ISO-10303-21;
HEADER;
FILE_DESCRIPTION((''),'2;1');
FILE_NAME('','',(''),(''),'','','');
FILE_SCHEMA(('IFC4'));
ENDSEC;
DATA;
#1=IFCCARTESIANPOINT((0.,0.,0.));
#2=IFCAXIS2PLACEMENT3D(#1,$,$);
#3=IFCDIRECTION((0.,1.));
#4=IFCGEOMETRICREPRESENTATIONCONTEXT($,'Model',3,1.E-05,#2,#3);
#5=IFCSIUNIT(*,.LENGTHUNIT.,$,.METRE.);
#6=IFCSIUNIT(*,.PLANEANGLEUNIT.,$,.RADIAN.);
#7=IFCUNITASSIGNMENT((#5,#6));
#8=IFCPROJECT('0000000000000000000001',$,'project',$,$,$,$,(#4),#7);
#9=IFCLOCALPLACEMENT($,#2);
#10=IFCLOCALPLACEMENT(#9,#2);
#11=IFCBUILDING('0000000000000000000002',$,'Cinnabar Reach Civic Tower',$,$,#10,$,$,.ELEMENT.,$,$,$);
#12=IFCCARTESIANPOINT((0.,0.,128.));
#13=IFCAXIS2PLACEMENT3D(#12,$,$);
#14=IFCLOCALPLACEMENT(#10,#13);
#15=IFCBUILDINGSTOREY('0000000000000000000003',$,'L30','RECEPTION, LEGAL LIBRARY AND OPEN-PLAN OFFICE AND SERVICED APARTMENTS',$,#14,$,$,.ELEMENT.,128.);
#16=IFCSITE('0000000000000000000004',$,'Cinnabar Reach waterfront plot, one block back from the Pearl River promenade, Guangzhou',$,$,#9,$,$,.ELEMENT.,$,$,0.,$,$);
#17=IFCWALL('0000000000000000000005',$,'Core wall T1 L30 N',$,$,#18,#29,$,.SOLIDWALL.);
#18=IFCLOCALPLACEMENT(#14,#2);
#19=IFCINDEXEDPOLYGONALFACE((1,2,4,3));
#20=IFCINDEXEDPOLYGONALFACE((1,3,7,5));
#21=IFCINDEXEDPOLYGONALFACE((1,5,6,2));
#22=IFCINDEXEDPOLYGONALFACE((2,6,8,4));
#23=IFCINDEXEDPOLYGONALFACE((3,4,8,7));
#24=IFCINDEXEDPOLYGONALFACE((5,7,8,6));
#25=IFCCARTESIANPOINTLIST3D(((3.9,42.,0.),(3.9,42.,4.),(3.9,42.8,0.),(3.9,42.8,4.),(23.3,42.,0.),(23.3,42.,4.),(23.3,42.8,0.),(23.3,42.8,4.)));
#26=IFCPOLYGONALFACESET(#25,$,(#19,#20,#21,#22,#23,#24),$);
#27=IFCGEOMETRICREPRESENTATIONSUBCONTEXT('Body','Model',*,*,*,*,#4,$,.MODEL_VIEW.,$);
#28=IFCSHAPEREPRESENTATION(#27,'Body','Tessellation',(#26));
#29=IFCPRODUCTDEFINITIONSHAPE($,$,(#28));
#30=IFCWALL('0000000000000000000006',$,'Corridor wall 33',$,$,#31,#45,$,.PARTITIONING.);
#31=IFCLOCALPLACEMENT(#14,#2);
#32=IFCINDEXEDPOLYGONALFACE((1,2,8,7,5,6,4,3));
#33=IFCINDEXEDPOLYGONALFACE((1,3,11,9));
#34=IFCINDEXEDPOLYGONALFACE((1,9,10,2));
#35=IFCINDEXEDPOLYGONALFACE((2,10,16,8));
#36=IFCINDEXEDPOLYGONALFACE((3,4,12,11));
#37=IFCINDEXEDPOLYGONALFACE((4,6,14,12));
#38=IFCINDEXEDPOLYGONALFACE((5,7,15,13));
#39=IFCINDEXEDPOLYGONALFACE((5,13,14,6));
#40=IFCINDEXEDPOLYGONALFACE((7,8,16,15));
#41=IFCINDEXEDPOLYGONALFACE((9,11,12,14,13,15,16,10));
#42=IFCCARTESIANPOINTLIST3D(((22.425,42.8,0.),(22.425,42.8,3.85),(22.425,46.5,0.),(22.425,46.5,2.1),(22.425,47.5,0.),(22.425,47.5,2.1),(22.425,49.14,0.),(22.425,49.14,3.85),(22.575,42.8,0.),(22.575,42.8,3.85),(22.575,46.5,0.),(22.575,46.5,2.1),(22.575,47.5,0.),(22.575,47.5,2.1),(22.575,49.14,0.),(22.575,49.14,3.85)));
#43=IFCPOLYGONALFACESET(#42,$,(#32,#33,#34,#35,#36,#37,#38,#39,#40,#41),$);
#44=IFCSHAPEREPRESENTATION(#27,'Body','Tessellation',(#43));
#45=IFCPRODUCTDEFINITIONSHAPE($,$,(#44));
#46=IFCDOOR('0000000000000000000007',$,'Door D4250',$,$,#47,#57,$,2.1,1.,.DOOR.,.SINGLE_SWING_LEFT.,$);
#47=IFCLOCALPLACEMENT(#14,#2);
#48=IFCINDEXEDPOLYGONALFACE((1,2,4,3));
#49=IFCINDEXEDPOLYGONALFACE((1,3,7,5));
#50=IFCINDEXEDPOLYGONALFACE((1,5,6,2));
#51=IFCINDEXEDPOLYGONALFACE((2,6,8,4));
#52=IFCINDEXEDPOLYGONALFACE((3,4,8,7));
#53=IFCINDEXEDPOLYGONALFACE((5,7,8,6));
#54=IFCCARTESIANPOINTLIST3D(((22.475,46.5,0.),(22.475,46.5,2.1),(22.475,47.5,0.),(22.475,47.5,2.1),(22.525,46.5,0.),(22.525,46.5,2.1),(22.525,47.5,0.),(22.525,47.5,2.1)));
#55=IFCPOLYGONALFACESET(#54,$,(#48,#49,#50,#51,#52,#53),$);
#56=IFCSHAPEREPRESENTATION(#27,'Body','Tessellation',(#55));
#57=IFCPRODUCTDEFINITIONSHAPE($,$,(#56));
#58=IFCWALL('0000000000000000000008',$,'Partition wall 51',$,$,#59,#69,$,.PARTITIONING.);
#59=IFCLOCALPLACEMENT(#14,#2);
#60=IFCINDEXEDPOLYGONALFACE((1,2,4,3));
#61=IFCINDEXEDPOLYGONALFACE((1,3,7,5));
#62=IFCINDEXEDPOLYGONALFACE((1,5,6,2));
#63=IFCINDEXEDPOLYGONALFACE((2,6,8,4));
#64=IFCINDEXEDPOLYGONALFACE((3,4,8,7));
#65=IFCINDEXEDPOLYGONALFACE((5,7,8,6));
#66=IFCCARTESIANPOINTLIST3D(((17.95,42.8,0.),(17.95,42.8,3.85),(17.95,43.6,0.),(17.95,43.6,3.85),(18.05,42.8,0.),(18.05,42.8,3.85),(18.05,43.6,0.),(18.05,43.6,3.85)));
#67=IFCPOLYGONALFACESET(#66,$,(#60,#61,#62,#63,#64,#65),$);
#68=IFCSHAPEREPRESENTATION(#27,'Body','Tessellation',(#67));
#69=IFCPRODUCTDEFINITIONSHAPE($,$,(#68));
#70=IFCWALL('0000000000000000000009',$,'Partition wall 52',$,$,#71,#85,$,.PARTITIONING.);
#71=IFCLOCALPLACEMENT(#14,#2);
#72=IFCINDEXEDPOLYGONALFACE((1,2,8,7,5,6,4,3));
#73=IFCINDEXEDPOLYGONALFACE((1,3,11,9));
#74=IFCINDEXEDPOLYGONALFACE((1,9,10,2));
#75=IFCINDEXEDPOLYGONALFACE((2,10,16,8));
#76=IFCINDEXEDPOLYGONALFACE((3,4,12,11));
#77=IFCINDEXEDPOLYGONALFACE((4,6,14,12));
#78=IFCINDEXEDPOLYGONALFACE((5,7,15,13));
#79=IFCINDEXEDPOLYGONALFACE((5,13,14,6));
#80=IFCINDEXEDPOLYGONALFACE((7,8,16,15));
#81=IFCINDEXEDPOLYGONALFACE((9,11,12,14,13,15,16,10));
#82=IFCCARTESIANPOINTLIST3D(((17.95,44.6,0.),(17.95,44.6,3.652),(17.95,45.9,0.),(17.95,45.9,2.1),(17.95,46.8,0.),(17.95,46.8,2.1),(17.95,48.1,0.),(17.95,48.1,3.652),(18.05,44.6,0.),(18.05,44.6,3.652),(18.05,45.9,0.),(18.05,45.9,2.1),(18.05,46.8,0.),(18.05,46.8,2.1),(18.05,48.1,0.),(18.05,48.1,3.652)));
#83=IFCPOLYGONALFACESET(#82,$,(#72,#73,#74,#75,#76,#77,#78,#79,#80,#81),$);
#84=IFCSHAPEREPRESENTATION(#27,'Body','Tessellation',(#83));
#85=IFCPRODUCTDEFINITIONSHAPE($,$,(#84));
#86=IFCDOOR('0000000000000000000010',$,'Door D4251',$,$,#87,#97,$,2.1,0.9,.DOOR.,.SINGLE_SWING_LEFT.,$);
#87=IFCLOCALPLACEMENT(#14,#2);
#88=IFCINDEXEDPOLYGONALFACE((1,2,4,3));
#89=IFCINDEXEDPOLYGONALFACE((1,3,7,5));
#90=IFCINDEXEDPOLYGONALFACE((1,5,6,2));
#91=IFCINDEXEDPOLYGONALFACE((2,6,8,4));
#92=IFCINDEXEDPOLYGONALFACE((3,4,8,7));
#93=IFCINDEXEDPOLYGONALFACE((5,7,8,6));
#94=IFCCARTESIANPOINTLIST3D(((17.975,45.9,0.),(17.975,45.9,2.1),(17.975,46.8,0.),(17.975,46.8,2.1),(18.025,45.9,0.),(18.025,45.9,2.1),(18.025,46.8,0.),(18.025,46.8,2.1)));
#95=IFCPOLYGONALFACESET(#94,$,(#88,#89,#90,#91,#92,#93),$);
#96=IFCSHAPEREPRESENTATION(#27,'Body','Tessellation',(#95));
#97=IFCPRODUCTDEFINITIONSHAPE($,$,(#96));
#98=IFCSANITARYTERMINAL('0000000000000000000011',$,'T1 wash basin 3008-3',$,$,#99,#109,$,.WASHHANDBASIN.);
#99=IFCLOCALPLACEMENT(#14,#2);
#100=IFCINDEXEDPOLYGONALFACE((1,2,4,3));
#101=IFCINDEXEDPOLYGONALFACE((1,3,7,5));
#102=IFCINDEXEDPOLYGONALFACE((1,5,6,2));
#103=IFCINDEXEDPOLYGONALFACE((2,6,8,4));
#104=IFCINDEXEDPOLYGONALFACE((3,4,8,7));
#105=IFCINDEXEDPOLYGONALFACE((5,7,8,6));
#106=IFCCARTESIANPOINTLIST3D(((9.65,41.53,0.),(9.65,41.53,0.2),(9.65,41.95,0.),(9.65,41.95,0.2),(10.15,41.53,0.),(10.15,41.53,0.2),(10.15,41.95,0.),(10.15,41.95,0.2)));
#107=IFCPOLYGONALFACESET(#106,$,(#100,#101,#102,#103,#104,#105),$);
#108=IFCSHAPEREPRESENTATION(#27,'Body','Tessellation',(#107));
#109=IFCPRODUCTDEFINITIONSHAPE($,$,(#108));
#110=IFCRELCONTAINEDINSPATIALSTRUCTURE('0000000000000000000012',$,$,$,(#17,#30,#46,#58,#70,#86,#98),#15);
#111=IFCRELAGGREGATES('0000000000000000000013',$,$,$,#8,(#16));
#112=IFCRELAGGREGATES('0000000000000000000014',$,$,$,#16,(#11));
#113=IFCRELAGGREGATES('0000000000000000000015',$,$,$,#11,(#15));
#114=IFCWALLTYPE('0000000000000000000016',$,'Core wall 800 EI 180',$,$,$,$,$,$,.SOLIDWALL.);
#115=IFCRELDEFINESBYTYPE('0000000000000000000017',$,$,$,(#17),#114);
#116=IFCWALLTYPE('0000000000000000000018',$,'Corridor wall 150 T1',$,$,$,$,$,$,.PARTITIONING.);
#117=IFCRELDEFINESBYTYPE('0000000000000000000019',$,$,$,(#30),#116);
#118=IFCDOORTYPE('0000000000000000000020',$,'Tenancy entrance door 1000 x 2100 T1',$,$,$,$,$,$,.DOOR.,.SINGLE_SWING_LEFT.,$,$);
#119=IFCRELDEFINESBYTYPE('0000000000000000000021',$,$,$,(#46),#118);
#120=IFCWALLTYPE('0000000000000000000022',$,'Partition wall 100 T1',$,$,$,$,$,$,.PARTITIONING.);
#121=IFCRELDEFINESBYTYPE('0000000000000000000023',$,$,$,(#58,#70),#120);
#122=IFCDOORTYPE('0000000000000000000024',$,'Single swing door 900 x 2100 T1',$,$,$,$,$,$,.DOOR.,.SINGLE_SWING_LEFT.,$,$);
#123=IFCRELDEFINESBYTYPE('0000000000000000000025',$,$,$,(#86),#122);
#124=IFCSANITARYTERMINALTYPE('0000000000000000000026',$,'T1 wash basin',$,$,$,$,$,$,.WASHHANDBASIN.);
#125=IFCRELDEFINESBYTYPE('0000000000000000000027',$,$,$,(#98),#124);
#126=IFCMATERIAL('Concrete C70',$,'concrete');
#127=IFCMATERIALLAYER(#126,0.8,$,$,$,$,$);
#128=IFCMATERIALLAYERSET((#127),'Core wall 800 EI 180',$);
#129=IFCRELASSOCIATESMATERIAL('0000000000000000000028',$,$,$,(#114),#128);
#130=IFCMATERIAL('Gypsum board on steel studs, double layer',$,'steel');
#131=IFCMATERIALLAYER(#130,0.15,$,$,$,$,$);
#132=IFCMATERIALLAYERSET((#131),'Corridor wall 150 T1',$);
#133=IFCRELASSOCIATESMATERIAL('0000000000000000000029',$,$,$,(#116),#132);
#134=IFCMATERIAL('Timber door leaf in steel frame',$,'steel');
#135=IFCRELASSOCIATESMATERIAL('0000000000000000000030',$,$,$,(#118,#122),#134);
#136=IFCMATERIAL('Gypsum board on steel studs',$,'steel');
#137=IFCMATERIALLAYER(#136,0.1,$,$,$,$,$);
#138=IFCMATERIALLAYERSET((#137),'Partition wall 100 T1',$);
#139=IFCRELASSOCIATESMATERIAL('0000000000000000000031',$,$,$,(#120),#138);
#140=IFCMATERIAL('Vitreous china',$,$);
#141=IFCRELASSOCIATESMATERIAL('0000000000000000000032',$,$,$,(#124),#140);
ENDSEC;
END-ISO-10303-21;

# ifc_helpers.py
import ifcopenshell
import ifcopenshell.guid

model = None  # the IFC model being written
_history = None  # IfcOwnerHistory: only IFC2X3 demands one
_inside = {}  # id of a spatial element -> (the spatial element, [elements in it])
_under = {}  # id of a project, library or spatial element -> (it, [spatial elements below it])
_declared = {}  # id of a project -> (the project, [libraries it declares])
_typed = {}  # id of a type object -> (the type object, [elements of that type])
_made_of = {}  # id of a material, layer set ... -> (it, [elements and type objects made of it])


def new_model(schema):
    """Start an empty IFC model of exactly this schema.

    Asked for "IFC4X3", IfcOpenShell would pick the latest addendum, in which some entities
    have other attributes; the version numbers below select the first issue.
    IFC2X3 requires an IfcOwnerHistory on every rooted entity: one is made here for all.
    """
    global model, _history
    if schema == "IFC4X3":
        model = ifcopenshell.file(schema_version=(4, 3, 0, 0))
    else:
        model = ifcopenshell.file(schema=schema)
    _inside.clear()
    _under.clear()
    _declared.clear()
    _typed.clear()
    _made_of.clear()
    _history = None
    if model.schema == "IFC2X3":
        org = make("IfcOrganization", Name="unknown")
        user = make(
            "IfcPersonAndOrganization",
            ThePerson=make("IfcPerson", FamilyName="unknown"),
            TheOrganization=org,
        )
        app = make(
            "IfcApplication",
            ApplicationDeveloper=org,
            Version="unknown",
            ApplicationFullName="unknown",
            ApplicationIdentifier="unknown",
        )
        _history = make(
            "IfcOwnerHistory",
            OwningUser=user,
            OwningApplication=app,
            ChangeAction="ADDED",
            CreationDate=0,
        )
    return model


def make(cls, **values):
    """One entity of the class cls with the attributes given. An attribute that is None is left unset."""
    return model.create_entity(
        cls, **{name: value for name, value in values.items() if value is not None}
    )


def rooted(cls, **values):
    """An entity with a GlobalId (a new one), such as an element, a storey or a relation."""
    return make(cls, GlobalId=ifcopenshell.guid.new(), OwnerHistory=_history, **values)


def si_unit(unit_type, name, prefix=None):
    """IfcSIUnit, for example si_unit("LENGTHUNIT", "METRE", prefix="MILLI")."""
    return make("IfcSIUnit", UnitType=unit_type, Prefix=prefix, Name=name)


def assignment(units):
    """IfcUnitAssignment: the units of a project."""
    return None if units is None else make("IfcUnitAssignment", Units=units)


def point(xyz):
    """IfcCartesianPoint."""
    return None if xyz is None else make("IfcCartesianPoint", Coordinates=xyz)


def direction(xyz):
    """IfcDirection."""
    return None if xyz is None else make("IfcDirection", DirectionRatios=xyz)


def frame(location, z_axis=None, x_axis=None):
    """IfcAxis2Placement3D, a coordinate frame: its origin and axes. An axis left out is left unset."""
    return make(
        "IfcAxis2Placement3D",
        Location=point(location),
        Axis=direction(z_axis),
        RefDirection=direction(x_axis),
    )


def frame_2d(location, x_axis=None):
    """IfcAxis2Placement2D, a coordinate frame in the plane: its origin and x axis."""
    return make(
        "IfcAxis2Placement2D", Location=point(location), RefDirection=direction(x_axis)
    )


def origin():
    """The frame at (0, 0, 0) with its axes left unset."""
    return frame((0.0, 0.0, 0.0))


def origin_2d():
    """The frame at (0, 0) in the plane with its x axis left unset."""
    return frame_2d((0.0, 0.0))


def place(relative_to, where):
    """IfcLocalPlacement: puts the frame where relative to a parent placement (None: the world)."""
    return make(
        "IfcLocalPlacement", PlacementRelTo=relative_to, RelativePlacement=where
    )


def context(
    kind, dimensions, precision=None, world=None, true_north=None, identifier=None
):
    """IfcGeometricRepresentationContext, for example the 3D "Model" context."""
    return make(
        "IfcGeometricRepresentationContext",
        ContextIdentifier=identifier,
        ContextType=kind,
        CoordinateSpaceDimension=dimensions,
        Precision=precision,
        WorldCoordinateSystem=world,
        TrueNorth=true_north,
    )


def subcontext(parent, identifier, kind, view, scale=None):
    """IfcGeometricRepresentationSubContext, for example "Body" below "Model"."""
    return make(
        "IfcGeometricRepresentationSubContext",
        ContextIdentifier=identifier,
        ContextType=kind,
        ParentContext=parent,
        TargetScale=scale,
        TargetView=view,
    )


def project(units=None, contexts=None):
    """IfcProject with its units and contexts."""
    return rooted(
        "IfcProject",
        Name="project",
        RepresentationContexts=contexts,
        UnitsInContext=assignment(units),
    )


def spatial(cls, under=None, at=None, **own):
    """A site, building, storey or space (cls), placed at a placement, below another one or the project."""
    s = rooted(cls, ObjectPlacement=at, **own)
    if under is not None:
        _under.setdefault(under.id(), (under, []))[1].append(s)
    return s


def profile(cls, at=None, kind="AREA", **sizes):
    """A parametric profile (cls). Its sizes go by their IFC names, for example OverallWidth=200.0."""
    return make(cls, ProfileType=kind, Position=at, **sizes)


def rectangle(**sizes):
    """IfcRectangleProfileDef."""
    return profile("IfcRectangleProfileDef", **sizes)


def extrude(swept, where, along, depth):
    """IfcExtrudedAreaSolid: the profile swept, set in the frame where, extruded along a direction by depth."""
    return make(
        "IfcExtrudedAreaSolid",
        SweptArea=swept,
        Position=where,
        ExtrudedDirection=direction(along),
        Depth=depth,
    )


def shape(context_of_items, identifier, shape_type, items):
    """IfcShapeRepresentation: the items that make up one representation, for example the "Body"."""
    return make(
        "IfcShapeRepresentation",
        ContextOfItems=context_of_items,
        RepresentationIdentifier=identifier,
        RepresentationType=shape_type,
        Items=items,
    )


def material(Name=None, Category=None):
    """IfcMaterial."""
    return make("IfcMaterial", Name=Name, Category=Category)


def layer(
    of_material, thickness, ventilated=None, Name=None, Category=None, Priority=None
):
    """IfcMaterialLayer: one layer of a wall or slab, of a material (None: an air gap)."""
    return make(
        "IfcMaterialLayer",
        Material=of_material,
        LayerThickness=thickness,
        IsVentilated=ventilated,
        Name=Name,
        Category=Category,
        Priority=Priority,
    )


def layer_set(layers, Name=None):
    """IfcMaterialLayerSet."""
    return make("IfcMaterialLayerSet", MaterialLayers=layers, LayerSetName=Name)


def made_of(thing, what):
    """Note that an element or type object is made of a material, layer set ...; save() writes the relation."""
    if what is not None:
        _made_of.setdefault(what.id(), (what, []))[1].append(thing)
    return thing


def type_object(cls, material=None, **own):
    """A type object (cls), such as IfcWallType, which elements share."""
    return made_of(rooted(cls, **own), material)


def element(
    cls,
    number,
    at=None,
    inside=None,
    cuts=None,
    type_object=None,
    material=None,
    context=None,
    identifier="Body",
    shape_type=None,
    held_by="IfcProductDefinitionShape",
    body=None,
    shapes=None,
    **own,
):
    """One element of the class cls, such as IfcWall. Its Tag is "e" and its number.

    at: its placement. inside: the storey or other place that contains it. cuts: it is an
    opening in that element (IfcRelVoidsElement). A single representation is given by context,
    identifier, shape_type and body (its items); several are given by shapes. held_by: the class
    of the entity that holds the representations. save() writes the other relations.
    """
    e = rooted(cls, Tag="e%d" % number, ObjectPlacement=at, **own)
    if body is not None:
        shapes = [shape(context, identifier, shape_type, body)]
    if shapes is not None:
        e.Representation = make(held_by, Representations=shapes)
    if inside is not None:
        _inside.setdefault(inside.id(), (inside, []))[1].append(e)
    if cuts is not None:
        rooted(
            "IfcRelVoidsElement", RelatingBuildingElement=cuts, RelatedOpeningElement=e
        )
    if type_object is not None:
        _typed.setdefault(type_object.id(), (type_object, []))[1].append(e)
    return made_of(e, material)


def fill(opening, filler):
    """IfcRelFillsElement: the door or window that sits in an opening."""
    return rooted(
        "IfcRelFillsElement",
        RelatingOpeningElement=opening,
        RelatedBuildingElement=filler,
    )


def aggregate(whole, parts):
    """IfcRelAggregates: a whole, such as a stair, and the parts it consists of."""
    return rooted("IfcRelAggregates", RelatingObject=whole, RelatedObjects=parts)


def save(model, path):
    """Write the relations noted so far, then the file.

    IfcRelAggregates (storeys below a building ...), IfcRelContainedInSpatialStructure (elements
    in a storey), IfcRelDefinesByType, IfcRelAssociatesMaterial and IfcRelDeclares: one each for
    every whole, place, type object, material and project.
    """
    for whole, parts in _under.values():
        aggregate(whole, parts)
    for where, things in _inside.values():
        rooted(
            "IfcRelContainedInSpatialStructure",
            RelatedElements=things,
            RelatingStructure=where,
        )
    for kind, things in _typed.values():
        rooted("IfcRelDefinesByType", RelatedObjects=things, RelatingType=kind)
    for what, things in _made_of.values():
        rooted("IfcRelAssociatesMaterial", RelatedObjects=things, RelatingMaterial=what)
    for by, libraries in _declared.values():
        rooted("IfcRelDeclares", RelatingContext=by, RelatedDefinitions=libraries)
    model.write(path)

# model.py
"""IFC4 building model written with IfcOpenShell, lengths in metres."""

from ifc_helpers import new_model, si_unit, direction, frame, frame_2d, origin, origin_2d, place, context, subcontext, project, spatial, rectangle, extrude, material, layer, layer_set, type_object, element, fill, save


model = new_model("IFC4")

# Units and contexts
model_context = context("Model", 3, precision=1e-05, world=origin(), true_north=direction((0.0, 1.0)))
body_context = subcontext(model_context, "Body", "Model", "MODEL_VIEW")
ifc_project = project(units=[si_unit("LENGTHUNIT", "METRE"), si_unit("PLANEANGLEUNIT", "RADIAN")], contexts=[model_context])

# Site, building, storey
site_placement = place(None, origin())
site = spatial("IfcSite", under=ifc_project, at=site_placement, Name="Cinnabar Reach waterfront plot, one block back from the Pearl River promenade, Guangzhou", CompositionType="ELEMENT", RefElevation=0.0)
building_placement = place(site_placement, origin())
building = spatial("IfcBuilding", under=site, at=building_placement, Name="Cinnabar Reach Civic Tower", CompositionType="ELEMENT")
storey_placement = place(building_placement, frame((0.0, 0.0, 128.0)))
storey = spatial("IfcBuildingStorey", under=building, at=storey_placement, Name="L30", Description="RECEPTION, LEGAL LIBRARY AND OPEN-PLAN OFFICE AND SERVICED APARTMENTS", CompositionType="ELEMENT", Elevation=128.0)

# Shared definitions
ifc_material_1 = material(Name="Concrete C70", Category="concrete")

# Wall
ifc_layer_1 = layer(ifc_material_1, 0.8)
ifc_layer_set_1 = layer_set([ifc_layer_1], Name="Core wall 800 EI 180")
wall_type_1 = type_object("IfcWallType", Name="Core wall 800 EI 180", PredefinedType="SOLIDWALL", material=ifc_layer_set_1)
wall_1_placement = place(storey_placement, frame((23.3, 42.4, 0.0), z_axis=(0.0, 0.0, 1.0), x_axis=(-1.0, 0.0, 0.0)))
element("IfcWall", 1, at=wall_1_placement, inside=storey, type_object=wall_type_1, Name="Core wall T1 L30 N", PredefinedType="SOLIDWALL", context=body_context, shape_type="SweptSolid", body=[
    extrude(rectangle(XDim=19.4, YDim=0.8, at=frame_2d((9.7, 0.0))), origin(), (0.0, 0.0, 1.0), 4.0),
])

# Wall, opening, door
ifc_material_2 = material(Name="Gypsum board on steel studs, double layer", Category="steel")
ifc_layer_2 = layer(ifc_material_2, 0.15)
ifc_layer_set_2 = layer_set([ifc_layer_2], Name="Corridor wall 150 T1")
wall_type_2 = type_object("IfcWallType", Name="Corridor wall 150 T1", PredefinedType="PARTITIONING", material=ifc_layer_set_2)
wall_2_placement = place(storey_placement, frame((22.5, 42.8, 0.0), z_axis=(0.0, 0.0, 1.0), x_axis=(0.0, 1.0, 0.0)))
wall_2 = element("IfcWall", 2, at=wall_2_placement, inside=storey, type_object=wall_type_2, Name="Corridor wall 33", PredefinedType="PARTITIONING", context=body_context, shape_type="SweptSolid", body=[
    extrude(rectangle(XDim=6.34, YDim=0.15, at=frame_2d((3.17, 0.0))), origin(), (0.0, 0.0, 1.0), 3.85),
])
opening_1_placement = place(wall_2_placement, frame((3.7, 0.0, 0.0)))
opening_1 = element("IfcOpeningElement", 3, at=opening_1_placement, cuts=wall_2, PredefinedType="OPENING", context=body_context, shape_type="SweptSolid", body=[
    extrude(rectangle(XDim=1.0, YDim=2.1, at=frame_2d((0.5, 1.05))), frame((0.0, 0.085, 0.0), z_axis=(0.0, -1.0, 0.0), x_axis=(1.0, 0.0, 0.0)), (0.0, 0.0, 1.0), 0.17),
])
ifc_material_3 = material(Name="Timber door leaf in steel frame", Category="steel")
door_type_1 = type_object("IfcDoorType", Name="Tenancy entrance door 1000 x 2100 T1", OperationType="SINGLE_SWING_LEFT", PredefinedType="DOOR", material=ifc_material_3)
door_1_placement = place(opening_1_placement, origin())
door_1 = element("IfcDoor", 4, at=door_1_placement, inside=storey, type_object=door_type_1, Name="Door D4250", OperationType="SINGLE_SWING_LEFT", OverallHeight=2.1, OverallWidth=1.0, PredefinedType="DOOR", context=body_context, shape_type="SweptSolid", body=[
    extrude(rectangle(XDim=1.0, YDim=2.1, at=frame_2d((0.5, 1.05))), frame((0.0, 0.025, 0.0), z_axis=(0.0, -1.0, 0.0), x_axis=(1.0, 0.0, 0.0)), (0.0, 0.0, 1.0), 0.05),
])
fill(opening_1, door_1)

# Wall
ifc_material_4 = material(Name="Gypsum board on steel studs", Category="steel")
ifc_layer_3 = layer(ifc_material_4, 0.1)
ifc_layer_set_3 = layer_set([ifc_layer_3], Name="Partition wall 100 T1")
wall_type_3 = type_object("IfcWallType", Name="Partition wall 100 T1", PredefinedType="PARTITIONING", material=ifc_layer_set_3)
wall_3_placement = place(storey_placement, frame((18.0, 42.8, 0.0), z_axis=(0.0, 0.0, 1.0), x_axis=(0.0, 1.0, 0.0)))
element("IfcWall", 5, at=wall_3_placement, inside=storey, type_object=wall_type_3, Name="Partition wall 51", PredefinedType="PARTITIONING", context=body_context, shape_type="SweptSolid", body=[
    extrude(rectangle(XDim=0.8, YDim=0.1, at=frame_2d((0.4, 0.0))), origin(), (0.0, 0.0, 1.0), 3.85),
])

# Wall, opening, door
wall_4_placement = place(storey_placement, frame((18.0, 44.6, 0.0), z_axis=(0.0, 0.0, 1.0), x_axis=(0.0, 1.0, 0.0)))
wall_4 = element("IfcWall", 6, at=wall_4_placement, inside=storey, type_object=wall_type_3, Name="Partition wall 52", PredefinedType="PARTITIONING", context=body_context, shape_type="SweptSolid", body=[
    extrude(rectangle(XDim=3.5, YDim=0.1, at=frame_2d((1.75, 0.0))), origin(), (0.0, 0.0, 1.0), 3.652),
])
opening_2_placement = place(wall_4_placement, frame((1.3, 0.0, 0.0)))
opening_2 = element("IfcOpeningElement", 7, at=opening_2_placement, cuts=wall_4, PredefinedType="OPENING", context=body_context, shape_type="SweptSolid", body=[
    extrude(rectangle(XDim=0.9, YDim=2.1, at=frame_2d((0.45, 1.05))), frame((0.0, 0.06, 0.0), z_axis=(0.0, -1.0, 0.0), x_axis=(1.0, 0.0, 0.0)), (0.0, 0.0, 1.0), 0.12),
])
door_type_2 = type_object("IfcDoorType", Name="Single swing door 900 x 2100 T1", OperationType="SINGLE_SWING_LEFT", PredefinedType="DOOR", material=ifc_material_3)
door_2_placement = place(opening_2_placement, frame((0.9, 0.0, 0.0), z_axis=(0.0, 0.0, 1.0), x_axis=(-1.0, 0.0, 0.0)))
door_2 = element("IfcDoor", 8, at=door_2_placement, inside=storey, type_object=door_type_2, Name="Door D4251", OperationType="SINGLE_SWING_LEFT", OverallHeight=2.1, OverallWidth=0.9, PredefinedType="DOOR", context=body_context, shape_type="SweptSolid", body=[
    extrude(rectangle(XDim=0.9, YDim=2.1, at=frame_2d((0.45, 1.05))), frame((0.0, 0.025, 0.0), z_axis=(0.0, -1.0, 0.0), x_axis=(1.0, 0.0, 0.0)), (0.0, 0.0, 1.0), 0.05),
])
fill(opening_2, door_2)

# Sanitary terminal
ifc_material_5 = material(Name="Vitreous china")
sanitary_terminal_type = type_object("IfcSanitaryTerminalType", Name="T1 wash basin", PredefinedType="WASHHANDBASIN", material=ifc_material_5)
sanitary_terminal_placement = place(storey_placement, frame((9.9, 41.74, 0.0), z_axis=(0.0, 0.0, 1.0), x_axis=(1.0, 0.0, 0.0)))
element("IfcSanitaryTerminal", 9, at=sanitary_terminal_placement, inside=storey, type_object=sanitary_terminal_type, Name="T1 wash basin 3008-3", PredefinedType="WASHHANDBASIN", context=body_context, shape_type="SweptSolid", body=[
    extrude(rectangle(XDim=0.5, YDim=0.42, at=origin_2d()), origin(), (0.0, 0.0, 1.0), 0.2),
])

save(model, "model.ifc")
